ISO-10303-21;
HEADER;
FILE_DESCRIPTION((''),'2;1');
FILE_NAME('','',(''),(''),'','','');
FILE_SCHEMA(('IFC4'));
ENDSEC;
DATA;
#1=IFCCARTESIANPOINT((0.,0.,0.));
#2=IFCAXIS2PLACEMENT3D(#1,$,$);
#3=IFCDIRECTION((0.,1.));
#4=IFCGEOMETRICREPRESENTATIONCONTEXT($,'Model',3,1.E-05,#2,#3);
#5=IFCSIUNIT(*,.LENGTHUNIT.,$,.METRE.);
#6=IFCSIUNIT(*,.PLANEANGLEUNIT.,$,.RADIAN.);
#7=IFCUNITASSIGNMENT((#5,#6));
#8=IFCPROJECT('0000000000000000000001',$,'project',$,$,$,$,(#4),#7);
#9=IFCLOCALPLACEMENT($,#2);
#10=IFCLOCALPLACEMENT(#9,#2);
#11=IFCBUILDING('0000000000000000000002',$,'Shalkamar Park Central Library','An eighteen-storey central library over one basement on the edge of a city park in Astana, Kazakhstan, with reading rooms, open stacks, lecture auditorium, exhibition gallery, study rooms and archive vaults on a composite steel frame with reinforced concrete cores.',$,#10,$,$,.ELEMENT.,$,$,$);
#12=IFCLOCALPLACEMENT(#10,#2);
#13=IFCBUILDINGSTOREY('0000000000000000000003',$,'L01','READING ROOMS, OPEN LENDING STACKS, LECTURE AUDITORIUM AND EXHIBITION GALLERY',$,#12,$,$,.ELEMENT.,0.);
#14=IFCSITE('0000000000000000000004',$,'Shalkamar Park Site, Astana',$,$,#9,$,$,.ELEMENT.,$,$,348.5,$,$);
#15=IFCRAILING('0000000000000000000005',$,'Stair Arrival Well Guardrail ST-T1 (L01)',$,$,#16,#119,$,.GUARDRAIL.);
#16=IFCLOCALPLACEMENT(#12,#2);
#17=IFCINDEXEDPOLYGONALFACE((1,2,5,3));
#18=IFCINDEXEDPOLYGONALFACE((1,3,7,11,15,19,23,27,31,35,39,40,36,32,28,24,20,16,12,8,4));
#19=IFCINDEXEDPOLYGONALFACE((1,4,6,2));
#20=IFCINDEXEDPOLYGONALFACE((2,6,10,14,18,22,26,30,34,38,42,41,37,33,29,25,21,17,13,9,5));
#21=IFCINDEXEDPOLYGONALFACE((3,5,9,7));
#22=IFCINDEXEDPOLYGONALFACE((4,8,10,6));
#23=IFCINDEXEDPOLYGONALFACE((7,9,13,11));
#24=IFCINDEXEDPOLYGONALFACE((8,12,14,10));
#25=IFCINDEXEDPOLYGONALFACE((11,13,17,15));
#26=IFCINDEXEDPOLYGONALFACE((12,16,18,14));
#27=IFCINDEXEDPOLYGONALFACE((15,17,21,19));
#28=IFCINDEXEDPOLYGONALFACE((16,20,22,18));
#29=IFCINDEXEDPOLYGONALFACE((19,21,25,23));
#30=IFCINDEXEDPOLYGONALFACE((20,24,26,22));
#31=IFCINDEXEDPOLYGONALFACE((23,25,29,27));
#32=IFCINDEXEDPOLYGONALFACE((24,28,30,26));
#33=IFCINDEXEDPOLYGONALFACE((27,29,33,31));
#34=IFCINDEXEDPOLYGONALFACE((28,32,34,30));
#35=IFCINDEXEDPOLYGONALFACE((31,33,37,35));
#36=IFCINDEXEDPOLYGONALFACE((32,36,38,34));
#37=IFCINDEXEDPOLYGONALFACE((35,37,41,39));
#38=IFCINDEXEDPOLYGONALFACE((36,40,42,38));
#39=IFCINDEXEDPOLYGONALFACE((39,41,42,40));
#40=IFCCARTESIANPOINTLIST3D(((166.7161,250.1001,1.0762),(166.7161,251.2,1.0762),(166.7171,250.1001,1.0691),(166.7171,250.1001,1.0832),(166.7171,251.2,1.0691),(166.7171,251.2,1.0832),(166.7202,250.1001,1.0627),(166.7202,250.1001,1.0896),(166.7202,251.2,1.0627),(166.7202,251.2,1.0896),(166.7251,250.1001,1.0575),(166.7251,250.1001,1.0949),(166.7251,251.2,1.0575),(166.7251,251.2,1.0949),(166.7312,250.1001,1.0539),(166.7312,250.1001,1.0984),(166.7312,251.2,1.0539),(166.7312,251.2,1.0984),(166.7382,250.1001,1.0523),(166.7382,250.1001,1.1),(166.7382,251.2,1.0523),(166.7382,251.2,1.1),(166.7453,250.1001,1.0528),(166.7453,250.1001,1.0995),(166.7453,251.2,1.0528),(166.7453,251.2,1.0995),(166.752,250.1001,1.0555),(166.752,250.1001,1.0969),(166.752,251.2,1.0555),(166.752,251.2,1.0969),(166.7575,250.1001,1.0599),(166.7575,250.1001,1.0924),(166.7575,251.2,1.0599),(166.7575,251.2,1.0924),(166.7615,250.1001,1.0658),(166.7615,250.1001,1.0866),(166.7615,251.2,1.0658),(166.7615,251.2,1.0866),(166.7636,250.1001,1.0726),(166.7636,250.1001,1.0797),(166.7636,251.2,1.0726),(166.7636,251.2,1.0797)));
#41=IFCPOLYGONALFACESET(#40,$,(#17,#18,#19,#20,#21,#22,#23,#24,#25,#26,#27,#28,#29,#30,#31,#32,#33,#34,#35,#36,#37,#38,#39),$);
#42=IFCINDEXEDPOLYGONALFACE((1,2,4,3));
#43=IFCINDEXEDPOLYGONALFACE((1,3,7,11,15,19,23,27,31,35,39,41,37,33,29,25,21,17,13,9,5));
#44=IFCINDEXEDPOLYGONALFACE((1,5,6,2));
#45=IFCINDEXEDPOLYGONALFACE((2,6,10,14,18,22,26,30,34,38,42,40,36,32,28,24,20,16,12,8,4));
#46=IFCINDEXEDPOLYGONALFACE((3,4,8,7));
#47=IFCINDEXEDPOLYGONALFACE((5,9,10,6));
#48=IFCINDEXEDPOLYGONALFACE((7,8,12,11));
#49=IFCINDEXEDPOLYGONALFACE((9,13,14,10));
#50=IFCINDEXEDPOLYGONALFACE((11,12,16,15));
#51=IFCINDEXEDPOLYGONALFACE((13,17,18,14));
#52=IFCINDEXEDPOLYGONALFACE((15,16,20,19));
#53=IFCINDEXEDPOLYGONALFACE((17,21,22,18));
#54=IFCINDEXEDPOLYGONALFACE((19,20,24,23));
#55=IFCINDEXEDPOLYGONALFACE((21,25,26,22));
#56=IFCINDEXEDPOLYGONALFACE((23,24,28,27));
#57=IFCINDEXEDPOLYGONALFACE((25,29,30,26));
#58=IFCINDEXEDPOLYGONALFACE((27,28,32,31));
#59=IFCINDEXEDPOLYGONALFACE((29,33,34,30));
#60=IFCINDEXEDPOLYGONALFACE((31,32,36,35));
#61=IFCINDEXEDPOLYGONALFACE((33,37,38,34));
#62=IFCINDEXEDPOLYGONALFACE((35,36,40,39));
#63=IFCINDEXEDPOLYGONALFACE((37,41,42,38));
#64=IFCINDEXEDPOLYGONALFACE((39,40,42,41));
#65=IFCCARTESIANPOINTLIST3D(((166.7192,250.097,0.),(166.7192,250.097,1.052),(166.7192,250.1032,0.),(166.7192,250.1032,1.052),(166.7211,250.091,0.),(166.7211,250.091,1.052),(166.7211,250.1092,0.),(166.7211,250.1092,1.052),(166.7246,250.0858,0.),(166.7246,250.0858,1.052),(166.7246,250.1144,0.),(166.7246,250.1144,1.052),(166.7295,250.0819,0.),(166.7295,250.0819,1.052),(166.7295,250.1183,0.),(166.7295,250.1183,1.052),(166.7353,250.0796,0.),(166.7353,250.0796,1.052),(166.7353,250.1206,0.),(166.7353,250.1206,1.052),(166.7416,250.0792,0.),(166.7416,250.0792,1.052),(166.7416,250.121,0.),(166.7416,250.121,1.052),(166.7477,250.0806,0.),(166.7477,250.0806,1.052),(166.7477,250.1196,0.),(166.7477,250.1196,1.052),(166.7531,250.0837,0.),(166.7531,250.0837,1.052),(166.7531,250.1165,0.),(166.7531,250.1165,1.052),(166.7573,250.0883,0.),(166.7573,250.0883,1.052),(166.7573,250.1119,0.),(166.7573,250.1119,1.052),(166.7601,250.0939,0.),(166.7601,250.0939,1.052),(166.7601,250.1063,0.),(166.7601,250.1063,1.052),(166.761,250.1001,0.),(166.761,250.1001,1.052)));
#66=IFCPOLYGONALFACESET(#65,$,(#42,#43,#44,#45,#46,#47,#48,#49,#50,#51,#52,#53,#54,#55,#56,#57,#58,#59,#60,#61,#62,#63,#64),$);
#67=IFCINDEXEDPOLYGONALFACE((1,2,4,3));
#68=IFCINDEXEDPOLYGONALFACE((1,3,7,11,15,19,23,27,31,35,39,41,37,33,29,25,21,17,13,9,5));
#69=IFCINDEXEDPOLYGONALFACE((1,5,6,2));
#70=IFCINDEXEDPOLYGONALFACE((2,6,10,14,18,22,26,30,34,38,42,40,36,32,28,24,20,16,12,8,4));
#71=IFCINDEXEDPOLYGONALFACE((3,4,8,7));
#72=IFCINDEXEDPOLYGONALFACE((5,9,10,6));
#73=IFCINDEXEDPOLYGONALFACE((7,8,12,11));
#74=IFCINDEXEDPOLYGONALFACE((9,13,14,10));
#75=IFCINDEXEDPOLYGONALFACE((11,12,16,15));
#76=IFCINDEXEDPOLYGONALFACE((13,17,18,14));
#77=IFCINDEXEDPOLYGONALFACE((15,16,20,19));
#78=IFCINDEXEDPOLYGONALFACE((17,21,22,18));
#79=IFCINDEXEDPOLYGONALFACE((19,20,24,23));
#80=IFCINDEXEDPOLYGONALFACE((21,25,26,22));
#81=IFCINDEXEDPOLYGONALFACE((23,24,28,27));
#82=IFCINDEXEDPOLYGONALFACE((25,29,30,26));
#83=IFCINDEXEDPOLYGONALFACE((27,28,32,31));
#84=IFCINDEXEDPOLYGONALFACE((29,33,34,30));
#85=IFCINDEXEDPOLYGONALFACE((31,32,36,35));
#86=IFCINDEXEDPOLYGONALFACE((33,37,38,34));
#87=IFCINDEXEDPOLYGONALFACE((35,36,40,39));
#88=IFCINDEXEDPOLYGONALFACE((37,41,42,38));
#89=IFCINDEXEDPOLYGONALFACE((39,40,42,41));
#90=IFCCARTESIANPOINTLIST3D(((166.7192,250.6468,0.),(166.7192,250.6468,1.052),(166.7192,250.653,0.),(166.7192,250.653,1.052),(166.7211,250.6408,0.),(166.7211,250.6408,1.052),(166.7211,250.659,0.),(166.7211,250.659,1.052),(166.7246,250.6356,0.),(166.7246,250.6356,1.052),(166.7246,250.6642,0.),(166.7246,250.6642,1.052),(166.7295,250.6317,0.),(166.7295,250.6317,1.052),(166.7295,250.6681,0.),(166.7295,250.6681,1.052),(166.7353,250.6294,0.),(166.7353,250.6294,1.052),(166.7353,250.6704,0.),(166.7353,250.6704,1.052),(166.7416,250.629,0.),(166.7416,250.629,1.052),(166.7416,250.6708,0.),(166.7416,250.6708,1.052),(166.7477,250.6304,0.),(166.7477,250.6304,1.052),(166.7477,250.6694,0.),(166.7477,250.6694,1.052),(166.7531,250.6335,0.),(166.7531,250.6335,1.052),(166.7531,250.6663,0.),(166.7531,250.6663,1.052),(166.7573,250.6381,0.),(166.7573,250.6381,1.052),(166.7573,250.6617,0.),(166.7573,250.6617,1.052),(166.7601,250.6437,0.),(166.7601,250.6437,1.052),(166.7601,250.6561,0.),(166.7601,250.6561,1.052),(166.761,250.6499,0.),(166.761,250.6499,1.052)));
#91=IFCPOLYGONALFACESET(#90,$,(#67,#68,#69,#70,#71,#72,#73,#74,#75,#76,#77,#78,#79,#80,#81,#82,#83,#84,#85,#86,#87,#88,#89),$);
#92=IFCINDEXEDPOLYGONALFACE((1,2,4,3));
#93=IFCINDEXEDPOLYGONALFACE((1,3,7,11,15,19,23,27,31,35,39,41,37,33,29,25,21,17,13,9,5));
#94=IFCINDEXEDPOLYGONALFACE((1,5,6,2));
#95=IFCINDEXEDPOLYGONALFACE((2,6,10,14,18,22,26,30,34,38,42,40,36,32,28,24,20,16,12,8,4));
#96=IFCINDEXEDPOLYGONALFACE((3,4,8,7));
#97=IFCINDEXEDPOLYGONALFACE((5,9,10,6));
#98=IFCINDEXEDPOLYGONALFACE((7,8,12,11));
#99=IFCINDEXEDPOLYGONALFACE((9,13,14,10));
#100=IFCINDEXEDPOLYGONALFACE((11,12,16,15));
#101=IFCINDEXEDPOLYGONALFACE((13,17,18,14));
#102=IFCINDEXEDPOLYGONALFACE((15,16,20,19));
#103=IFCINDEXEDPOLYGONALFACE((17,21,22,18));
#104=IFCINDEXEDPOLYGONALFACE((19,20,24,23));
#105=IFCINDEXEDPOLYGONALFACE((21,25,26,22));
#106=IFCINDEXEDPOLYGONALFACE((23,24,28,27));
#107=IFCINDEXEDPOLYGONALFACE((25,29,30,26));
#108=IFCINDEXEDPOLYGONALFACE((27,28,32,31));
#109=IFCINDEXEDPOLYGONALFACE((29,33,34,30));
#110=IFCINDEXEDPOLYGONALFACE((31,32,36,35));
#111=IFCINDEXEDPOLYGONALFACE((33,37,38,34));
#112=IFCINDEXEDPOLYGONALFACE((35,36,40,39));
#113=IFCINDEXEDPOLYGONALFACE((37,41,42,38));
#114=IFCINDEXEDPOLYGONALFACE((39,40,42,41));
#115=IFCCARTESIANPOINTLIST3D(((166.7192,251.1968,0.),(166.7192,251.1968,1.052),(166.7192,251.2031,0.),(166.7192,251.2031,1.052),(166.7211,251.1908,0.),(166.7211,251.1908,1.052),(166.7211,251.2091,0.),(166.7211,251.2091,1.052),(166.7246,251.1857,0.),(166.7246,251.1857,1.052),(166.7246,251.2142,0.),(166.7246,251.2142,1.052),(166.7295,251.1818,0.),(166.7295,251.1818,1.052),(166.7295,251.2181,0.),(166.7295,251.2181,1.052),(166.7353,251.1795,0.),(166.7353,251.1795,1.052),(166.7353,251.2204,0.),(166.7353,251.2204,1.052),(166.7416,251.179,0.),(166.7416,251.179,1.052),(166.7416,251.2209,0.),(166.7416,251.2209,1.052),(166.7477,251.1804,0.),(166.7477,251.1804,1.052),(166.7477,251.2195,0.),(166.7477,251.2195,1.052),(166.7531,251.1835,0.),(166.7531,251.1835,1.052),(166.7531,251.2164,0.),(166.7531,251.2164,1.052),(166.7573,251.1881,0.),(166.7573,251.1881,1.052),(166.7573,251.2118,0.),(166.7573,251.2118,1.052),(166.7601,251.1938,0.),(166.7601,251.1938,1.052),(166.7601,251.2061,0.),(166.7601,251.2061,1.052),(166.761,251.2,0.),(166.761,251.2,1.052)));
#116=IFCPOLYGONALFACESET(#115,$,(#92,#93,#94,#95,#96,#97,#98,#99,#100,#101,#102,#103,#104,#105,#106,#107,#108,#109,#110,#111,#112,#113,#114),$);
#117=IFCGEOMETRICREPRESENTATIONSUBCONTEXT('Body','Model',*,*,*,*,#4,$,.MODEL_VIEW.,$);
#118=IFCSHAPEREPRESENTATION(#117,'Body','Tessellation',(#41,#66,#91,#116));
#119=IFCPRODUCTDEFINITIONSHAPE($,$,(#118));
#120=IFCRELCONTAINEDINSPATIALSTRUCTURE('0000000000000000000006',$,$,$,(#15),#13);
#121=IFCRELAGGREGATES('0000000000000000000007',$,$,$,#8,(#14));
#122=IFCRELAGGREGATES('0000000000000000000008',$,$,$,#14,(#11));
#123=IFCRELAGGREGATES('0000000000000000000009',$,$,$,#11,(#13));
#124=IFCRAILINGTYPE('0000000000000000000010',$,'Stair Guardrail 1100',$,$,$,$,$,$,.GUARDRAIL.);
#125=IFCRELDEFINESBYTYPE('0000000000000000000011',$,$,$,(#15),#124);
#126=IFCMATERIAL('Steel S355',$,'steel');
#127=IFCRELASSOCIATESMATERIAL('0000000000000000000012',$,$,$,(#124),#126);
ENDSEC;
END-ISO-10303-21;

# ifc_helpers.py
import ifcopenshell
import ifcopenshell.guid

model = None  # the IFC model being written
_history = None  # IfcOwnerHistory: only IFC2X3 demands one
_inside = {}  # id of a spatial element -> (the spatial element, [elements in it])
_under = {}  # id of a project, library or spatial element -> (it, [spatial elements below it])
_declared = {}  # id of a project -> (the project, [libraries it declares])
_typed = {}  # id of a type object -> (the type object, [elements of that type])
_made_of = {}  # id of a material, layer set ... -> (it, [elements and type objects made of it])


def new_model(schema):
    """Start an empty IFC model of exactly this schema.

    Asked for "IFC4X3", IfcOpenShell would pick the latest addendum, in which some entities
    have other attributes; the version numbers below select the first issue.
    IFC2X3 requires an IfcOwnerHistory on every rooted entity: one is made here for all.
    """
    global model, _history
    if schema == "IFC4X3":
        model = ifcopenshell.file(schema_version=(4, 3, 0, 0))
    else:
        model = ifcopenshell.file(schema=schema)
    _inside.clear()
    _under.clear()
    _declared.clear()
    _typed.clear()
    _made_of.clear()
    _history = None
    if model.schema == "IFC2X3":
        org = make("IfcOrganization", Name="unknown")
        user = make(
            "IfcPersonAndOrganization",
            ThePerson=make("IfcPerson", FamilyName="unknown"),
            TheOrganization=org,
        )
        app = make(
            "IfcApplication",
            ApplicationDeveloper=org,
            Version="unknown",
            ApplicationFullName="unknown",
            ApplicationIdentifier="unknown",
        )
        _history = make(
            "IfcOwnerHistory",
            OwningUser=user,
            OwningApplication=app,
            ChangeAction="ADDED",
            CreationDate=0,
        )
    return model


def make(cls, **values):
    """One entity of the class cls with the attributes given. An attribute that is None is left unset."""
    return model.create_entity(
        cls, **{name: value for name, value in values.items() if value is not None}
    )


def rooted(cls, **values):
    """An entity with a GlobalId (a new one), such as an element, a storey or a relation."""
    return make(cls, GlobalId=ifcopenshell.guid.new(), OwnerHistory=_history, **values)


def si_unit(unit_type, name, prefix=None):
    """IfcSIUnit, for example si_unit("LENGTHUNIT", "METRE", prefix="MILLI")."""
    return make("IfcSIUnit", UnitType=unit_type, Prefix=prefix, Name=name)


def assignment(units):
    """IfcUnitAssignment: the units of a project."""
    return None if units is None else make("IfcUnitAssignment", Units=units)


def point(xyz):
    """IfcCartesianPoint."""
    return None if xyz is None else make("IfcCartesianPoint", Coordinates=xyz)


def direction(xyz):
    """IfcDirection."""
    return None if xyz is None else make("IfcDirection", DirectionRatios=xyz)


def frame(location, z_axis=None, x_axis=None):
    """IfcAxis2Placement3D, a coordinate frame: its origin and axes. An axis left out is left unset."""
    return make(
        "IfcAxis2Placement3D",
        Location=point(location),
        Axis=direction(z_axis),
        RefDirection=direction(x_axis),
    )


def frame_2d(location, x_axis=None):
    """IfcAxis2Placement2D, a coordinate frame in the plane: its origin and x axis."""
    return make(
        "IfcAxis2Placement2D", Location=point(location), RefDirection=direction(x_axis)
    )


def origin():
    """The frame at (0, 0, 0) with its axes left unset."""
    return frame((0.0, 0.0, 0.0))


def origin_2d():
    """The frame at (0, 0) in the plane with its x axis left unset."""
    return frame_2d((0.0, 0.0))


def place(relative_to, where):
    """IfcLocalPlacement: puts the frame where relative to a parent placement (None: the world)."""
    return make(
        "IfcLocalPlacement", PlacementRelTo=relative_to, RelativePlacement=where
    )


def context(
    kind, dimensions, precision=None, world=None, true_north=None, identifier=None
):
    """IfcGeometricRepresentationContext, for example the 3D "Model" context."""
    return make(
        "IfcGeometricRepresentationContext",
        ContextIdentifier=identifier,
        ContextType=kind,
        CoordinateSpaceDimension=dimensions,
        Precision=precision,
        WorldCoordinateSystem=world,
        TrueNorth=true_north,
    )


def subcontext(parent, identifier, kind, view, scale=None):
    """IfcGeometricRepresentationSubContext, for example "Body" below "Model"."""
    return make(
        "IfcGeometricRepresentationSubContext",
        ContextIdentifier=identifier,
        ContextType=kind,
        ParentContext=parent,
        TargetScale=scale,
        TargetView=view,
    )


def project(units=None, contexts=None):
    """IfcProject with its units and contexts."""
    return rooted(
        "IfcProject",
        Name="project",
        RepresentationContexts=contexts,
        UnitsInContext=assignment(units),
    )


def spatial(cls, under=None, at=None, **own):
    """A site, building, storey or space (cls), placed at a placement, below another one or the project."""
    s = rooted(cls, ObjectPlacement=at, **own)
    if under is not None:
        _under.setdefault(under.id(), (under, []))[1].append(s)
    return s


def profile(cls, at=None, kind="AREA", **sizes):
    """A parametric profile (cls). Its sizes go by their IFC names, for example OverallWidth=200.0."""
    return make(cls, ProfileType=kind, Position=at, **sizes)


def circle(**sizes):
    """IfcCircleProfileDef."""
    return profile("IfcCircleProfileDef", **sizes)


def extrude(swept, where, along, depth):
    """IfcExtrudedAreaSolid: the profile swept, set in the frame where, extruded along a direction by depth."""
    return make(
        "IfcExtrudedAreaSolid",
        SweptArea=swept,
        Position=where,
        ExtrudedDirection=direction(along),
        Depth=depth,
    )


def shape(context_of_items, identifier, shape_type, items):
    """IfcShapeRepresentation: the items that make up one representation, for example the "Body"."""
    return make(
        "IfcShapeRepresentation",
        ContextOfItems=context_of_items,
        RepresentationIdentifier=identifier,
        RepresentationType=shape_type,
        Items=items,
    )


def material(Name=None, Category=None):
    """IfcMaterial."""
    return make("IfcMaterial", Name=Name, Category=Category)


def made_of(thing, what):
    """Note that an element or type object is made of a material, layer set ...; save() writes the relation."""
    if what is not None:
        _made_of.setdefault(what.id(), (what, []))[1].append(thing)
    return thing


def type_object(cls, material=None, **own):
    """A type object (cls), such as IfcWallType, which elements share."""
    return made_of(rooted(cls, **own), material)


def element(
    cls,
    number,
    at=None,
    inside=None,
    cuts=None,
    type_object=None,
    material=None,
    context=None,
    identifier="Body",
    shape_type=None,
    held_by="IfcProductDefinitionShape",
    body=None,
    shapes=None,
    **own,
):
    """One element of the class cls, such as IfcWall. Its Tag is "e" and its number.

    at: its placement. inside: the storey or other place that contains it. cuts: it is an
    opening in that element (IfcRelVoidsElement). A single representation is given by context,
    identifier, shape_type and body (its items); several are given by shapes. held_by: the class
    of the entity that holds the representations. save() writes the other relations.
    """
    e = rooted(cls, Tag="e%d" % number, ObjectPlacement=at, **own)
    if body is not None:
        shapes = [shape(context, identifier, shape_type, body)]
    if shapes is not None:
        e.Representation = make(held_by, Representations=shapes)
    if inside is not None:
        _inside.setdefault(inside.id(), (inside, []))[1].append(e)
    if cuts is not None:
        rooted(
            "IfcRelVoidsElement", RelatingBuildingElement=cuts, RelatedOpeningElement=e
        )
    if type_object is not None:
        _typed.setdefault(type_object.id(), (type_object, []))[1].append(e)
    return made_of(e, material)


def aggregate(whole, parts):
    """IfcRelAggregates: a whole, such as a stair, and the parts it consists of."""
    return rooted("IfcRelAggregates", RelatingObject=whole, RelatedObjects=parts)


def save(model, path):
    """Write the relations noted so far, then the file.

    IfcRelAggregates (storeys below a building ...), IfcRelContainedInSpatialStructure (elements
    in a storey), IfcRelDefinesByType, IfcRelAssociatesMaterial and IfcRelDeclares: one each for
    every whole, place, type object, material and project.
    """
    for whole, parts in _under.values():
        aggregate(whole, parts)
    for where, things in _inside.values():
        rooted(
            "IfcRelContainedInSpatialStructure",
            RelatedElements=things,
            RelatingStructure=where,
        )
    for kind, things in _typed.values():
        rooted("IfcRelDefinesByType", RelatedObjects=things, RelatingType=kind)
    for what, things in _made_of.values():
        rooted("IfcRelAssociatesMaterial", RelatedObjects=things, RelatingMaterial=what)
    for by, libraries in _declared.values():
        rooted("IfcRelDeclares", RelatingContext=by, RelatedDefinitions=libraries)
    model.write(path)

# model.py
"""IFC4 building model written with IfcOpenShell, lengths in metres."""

from ifc_helpers import new_model, si_unit, direction, frame, origin, origin_2d, place, context, subcontext, project, spatial, circle, extrude, material, type_object, element, save


model = new_model("IFC4")

# Units and contexts
model_context = context("Model", 3, precision=1e-05, world=origin(), true_north=direction((0.0, 1.0)))
body_context = subcontext(model_context, "Body", "Model", "MODEL_VIEW")
ifc_project = project(units=[si_unit("LENGTHUNIT", "METRE"), si_unit("PLANEANGLEUNIT", "RADIAN")], contexts=[model_context])

# Site, building, storey
site_placement = place(None, origin())
site = spatial("IfcSite", under=ifc_project, at=site_placement, Name="Shalkamar Park Site, Astana", CompositionType="ELEMENT", RefElevation=348.5)
building_placement = place(site_placement, origin())
building = spatial("IfcBuilding", under=site, at=building_placement, Name="Shalkamar Park Central Library", Description="An eighteen-storey central library over one basement on the edge of a city park in Astana, Kazakhstan, with reading rooms, open stacks, lecture auditorium, exhibition gallery, study rooms and archive vaults on a composite steel frame with reinforced concrete cores.", CompositionType="ELEMENT")
storey_placement = place(building_placement, origin())
storey = spatial("IfcBuildingStorey", under=building, at=storey_placement, Name="L01", Description="READING ROOMS, OPEN LENDING STACKS, LECTURE AUDITORIUM AND EXHIBITION GALLERY", CompositionType="ELEMENT", Elevation=0.0)

# Shared definitions
ifc_material_1 = material(Name="Steel S355", Category="steel")

# Railing
railing_type_1 = type_object("IfcRailingType", Name="Stair Guardrail 1100", PredefinedType="GUARDRAIL", material=ifc_material_1)
railing_1_placement = place(storey_placement, frame((166.74, 250.1001, 0.0)))
element("IfcRailing", 1, at=railing_1_placement, inside=storey, type_object=railing_type_1, Name="Stair Arrival Well Guardrail ST-T1 (L01)", PredefinedType="GUARDRAIL", context=body_context, shape_type="SweptSolid", body=[
    extrude(circle(Radius=0.0239, at=origin_2d()), frame((0.0, 0.0, 1.0762), z_axis=(0.0, 1.0, 0.0), x_axis=(-1.0, 0.0, 0.0)), (0.0, 0.0, 1.0), 1.0999),
    extrude(circle(Radius=0.021, at=origin_2d()), origin(), (0.0, 0.0, 1.0), 1.052),
    extrude(circle(Radius=0.021, at=origin_2d()), frame((0.0, 0.5498, 0.0)), (0.0, 0.0, 1.0), 1.052),
    extrude(circle(Radius=0.021, at=origin_2d()), frame((0.0, 1.0999, 0.0)), (0.0, 0.0, 1.0), 1.052),
])

save(model, "model.ifc")
